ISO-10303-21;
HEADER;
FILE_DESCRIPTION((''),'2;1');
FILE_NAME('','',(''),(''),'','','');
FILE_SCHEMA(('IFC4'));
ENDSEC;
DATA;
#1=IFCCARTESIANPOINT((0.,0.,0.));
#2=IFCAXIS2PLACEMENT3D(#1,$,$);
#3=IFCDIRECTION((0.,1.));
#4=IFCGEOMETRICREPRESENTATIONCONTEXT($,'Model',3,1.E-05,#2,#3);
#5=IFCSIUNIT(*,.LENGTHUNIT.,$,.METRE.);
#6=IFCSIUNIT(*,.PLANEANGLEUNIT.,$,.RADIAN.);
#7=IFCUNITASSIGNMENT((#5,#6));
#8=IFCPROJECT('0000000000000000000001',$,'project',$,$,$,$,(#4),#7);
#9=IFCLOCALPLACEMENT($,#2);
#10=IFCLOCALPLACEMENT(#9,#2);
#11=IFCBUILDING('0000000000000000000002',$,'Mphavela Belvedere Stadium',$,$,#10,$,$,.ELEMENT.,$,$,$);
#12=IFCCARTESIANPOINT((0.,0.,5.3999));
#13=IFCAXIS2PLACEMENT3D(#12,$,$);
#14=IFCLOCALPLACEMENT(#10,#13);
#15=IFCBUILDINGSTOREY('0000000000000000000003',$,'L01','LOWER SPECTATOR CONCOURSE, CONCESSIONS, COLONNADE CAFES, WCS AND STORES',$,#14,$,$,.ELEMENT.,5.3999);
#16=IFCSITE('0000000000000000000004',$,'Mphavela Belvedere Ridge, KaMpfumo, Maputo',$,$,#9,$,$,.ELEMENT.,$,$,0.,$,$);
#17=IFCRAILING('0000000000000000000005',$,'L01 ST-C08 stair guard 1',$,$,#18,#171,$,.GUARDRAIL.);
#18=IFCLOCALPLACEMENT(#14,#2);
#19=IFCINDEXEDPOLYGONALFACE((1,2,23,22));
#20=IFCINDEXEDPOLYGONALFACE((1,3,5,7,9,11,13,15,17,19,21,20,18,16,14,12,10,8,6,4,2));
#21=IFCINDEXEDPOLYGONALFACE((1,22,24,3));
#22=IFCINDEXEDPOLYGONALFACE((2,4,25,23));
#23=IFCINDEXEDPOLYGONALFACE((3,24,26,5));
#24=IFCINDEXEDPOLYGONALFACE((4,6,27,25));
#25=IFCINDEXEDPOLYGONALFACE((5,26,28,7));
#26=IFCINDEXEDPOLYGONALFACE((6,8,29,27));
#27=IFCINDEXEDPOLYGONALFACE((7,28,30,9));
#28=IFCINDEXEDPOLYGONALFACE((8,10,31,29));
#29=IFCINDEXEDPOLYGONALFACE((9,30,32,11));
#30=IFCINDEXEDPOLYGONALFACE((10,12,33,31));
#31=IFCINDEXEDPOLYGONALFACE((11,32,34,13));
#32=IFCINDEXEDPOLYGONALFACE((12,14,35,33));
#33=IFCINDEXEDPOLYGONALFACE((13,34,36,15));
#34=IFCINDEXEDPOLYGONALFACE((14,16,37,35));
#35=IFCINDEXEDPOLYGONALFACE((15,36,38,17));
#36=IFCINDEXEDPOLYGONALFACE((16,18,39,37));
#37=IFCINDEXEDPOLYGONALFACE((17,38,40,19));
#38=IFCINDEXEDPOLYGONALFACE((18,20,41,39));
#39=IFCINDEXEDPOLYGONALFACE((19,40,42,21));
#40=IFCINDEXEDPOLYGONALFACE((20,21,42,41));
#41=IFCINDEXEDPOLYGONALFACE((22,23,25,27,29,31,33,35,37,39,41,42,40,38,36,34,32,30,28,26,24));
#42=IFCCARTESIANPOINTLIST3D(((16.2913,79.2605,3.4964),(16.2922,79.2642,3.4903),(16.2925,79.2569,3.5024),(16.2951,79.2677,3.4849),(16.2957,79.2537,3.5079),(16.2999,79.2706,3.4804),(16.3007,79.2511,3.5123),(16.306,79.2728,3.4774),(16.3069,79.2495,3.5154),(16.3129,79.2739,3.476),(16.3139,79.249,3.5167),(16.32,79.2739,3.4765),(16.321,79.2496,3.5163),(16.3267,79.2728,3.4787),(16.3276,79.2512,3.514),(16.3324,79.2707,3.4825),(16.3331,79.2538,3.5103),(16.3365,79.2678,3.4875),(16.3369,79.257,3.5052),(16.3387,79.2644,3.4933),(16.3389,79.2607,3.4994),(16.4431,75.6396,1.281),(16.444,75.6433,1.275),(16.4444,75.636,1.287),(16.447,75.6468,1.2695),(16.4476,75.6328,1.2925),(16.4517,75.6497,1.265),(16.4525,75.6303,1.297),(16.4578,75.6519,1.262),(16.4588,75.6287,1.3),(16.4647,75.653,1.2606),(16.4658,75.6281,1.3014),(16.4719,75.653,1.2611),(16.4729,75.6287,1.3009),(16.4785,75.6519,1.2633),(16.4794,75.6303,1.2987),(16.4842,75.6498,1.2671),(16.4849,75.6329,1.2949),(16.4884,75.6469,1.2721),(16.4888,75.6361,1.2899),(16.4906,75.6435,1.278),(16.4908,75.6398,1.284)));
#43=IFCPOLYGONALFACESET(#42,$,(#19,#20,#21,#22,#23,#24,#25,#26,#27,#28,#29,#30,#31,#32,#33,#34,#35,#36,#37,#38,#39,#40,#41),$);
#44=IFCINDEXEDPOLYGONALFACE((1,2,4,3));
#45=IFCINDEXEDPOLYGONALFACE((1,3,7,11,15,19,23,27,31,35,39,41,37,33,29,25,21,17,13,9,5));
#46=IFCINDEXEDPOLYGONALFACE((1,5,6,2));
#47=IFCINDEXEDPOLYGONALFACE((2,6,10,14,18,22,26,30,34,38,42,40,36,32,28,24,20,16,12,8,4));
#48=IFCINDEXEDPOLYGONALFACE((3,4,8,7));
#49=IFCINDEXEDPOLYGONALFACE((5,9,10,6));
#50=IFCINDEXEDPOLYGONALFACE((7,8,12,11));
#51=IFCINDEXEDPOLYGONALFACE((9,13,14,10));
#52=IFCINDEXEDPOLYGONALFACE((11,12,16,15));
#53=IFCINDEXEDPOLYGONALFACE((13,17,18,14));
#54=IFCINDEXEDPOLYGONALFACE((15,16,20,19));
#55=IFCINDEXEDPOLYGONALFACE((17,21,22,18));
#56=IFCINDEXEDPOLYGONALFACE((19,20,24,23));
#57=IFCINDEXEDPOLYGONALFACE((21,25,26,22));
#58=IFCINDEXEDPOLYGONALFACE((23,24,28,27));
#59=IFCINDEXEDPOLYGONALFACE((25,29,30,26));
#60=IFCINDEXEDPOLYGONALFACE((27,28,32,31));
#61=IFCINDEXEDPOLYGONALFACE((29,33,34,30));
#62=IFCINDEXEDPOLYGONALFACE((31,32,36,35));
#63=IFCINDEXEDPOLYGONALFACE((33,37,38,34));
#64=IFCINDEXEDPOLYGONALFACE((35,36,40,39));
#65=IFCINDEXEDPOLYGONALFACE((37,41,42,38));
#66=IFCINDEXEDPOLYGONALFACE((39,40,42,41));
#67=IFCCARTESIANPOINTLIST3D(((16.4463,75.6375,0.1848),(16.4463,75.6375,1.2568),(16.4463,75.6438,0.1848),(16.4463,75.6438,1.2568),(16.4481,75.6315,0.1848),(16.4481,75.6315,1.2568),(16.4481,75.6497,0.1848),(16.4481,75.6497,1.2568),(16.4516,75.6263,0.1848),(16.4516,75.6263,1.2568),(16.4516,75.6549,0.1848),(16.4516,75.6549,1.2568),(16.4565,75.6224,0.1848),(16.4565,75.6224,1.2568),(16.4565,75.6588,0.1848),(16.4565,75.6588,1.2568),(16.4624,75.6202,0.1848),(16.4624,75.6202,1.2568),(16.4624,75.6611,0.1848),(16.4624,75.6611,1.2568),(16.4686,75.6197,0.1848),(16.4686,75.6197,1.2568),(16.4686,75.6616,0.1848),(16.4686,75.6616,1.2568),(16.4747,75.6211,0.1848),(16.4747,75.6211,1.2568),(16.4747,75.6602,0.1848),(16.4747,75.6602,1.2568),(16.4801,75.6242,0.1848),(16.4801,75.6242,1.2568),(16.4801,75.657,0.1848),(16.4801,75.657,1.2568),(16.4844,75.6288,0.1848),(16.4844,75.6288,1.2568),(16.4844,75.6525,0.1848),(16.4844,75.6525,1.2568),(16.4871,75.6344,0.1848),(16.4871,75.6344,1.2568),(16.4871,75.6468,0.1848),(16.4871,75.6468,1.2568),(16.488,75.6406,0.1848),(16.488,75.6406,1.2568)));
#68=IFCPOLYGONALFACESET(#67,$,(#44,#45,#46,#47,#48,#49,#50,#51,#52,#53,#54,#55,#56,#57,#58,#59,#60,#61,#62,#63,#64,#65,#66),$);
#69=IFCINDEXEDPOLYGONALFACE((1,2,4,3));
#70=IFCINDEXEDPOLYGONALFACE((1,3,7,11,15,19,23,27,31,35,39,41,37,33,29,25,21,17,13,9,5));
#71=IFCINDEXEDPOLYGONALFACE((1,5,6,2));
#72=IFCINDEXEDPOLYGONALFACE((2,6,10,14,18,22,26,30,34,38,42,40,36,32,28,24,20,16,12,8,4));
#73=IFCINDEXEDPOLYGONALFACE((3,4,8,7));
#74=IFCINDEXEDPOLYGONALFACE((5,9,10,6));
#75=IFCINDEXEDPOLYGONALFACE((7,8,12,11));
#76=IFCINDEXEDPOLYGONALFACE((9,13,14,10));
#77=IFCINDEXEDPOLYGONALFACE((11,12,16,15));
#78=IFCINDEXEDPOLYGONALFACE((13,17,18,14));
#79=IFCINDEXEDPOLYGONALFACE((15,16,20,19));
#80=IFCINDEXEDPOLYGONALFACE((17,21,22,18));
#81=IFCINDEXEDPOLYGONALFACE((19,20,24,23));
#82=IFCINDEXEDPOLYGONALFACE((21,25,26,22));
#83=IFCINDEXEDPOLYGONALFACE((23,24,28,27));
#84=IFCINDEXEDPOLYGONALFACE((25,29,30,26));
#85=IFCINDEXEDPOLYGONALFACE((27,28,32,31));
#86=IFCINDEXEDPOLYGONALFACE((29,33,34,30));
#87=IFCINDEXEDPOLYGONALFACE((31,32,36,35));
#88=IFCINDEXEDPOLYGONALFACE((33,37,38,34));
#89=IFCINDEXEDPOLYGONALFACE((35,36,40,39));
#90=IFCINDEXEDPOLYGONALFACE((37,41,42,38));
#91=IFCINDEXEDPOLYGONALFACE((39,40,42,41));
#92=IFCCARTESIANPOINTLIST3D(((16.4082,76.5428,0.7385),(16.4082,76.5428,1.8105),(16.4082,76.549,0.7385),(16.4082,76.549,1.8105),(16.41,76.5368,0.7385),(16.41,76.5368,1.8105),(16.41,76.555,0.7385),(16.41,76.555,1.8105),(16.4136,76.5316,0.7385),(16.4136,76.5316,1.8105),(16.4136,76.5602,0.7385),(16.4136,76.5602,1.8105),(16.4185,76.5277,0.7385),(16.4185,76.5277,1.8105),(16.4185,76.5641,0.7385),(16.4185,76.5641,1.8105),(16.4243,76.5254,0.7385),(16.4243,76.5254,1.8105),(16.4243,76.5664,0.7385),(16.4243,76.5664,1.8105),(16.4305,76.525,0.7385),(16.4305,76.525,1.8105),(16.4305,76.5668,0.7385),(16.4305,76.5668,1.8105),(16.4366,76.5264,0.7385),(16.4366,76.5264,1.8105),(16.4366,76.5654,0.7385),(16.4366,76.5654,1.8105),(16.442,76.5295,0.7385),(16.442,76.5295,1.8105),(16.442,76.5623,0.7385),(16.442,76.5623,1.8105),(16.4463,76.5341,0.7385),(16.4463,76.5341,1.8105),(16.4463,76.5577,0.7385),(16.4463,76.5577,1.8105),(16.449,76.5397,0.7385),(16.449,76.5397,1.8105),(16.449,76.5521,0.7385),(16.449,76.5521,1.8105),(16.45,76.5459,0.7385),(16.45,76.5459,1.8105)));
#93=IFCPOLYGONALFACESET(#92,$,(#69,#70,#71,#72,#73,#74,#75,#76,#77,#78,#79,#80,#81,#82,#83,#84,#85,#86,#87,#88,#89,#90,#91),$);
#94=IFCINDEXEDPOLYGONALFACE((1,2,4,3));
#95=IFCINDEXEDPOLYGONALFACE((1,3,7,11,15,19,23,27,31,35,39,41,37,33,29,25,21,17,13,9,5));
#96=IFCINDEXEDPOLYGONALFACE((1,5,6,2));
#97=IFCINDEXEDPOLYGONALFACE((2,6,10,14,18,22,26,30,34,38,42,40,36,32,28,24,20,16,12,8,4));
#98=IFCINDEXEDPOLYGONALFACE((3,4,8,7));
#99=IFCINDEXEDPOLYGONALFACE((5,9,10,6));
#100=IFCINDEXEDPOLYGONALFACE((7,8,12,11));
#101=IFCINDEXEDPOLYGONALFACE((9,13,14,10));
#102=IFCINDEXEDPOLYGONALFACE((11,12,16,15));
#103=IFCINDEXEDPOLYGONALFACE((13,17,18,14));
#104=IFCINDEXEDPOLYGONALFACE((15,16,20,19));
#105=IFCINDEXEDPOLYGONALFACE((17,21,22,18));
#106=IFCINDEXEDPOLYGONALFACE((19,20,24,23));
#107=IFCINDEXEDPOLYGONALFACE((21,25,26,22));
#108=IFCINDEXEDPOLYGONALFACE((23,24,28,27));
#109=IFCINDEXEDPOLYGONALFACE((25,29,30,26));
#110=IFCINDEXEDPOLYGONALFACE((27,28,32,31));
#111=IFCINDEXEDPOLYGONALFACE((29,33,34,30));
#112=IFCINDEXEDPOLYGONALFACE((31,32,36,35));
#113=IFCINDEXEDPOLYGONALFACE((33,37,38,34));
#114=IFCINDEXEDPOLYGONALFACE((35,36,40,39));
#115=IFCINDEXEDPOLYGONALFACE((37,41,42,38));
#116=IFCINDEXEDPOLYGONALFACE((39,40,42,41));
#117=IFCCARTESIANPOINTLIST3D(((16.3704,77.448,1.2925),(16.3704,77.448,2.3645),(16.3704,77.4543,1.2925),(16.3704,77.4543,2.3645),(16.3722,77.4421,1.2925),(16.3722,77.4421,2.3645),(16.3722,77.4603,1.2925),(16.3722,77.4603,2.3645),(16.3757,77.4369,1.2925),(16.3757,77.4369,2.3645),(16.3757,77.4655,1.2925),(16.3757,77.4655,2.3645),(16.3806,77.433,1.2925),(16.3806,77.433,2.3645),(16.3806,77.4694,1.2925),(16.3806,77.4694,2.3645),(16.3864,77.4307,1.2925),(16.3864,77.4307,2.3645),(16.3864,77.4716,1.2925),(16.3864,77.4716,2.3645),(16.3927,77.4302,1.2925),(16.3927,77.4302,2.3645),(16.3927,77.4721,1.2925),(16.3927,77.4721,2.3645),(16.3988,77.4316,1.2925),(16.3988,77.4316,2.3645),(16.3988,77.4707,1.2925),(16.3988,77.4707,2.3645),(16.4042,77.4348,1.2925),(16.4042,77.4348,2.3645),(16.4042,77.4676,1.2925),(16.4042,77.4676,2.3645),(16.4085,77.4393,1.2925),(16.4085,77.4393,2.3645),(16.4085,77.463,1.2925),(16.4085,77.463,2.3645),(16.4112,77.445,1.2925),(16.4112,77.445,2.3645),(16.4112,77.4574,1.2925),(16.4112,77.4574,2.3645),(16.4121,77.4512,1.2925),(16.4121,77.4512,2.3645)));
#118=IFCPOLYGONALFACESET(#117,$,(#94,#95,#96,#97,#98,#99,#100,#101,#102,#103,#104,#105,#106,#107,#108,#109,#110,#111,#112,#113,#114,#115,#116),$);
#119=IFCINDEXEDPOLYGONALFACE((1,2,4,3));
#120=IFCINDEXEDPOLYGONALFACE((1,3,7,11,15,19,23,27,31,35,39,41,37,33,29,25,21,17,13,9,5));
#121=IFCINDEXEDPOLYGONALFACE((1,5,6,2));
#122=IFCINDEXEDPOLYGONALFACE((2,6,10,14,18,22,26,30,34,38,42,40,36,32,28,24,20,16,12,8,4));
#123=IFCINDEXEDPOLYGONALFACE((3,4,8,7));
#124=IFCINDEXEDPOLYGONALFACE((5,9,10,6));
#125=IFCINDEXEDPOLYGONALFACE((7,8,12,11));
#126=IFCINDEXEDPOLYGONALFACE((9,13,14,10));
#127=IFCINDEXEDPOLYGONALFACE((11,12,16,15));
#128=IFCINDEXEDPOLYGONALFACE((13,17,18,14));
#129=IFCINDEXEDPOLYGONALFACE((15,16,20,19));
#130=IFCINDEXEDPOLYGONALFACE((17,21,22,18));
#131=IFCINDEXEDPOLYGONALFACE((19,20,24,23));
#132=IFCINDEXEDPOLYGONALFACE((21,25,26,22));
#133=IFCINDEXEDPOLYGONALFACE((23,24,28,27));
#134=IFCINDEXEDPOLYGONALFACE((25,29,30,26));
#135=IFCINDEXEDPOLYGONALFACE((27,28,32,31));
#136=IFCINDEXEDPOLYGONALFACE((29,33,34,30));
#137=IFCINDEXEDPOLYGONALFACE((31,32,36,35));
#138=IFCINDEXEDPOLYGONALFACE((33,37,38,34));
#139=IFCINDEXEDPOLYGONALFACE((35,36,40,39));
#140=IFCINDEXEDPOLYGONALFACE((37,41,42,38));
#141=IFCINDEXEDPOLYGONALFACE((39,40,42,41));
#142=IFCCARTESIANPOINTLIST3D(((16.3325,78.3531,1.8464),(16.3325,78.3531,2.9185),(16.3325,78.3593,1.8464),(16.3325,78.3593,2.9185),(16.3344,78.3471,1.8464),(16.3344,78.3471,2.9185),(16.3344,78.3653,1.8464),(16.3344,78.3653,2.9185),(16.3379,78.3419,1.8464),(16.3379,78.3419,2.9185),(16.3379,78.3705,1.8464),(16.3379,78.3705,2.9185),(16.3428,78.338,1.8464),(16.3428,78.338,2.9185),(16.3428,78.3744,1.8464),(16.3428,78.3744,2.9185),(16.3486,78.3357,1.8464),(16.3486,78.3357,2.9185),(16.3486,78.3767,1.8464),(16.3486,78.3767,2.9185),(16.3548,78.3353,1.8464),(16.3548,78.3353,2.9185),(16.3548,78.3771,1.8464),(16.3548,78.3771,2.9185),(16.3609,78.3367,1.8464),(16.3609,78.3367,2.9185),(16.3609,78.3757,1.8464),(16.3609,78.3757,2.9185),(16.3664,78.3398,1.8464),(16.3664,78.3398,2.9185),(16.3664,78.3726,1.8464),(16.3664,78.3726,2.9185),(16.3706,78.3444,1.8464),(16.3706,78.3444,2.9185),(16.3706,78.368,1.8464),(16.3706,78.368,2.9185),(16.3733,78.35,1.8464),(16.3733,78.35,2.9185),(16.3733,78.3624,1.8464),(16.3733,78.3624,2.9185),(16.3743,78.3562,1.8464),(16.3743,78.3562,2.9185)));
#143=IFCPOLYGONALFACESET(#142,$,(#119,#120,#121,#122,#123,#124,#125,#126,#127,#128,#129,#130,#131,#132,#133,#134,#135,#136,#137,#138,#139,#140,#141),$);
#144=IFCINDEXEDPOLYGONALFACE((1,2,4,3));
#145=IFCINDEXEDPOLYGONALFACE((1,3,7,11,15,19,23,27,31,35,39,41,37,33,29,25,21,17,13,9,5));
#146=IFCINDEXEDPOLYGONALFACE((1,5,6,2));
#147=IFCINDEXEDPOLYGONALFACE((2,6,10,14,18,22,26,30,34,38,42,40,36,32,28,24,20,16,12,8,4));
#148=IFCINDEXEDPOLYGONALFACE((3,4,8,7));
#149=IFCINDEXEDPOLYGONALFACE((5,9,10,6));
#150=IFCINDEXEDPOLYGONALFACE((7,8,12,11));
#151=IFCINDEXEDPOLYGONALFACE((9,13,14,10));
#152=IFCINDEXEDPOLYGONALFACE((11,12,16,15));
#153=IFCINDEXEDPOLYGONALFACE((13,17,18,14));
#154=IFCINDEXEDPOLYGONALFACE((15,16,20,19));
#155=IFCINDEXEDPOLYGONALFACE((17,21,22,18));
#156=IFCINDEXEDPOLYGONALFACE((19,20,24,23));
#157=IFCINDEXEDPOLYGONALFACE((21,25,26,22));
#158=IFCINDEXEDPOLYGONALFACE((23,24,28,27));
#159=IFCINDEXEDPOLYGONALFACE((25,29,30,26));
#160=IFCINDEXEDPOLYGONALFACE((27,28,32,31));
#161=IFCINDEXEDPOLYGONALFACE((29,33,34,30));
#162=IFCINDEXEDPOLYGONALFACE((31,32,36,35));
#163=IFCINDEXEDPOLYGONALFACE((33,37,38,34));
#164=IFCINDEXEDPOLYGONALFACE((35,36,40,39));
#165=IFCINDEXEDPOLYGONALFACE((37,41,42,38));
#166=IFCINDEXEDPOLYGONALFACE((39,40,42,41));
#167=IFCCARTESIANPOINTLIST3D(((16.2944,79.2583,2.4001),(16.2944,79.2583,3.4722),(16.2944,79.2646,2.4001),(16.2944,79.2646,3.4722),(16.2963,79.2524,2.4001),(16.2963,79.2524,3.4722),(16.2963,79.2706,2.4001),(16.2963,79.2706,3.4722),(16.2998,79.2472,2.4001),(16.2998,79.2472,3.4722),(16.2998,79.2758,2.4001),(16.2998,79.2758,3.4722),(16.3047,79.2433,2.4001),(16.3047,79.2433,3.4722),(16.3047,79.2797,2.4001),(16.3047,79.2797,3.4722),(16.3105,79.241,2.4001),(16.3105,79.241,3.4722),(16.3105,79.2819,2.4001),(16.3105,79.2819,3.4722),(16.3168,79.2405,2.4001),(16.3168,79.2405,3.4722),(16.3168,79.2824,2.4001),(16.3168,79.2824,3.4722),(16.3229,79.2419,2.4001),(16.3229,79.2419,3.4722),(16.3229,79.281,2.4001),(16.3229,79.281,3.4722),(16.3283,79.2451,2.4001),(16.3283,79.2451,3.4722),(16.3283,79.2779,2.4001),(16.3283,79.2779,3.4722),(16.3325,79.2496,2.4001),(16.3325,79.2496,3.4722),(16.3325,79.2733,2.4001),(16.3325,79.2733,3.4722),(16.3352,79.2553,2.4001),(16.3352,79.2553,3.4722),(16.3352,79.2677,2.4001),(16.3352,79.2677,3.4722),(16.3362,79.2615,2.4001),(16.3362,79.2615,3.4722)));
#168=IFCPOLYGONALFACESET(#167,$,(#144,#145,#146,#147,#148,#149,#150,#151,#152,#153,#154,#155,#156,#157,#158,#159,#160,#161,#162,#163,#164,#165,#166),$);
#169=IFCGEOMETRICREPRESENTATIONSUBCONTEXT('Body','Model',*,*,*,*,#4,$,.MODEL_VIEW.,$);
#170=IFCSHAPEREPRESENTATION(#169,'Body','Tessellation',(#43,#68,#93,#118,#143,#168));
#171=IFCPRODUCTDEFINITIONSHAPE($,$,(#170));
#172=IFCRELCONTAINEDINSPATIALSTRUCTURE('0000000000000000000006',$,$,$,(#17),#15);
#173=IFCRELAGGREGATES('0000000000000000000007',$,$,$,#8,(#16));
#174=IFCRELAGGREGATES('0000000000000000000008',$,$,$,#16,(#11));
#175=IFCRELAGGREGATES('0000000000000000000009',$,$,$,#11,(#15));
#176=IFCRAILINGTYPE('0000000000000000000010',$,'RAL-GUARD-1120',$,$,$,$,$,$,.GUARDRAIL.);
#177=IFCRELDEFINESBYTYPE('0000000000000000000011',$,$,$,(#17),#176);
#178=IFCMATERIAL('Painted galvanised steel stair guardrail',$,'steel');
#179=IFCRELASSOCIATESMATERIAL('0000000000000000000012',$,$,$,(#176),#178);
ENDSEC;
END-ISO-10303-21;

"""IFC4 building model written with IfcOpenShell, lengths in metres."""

from ifc_helpers import new_model, si_unit, direction, frame, origin, origin_2d, place, context, subcontext, project, spatial, circle, extrude, material, type_object, element, save


model = new_model("IFC4")

# Units and contexts
model_context = context("Model", 3, precision=1e-05, world=origin(), true_north=direction((0.0, 1.0)))
body_context = subcontext(model_context, "Body", "Model", "MODEL_VIEW")
ifc_project = project(units=[si_unit("LENGTHUNIT", "METRE"), si_unit("PLANEANGLEUNIT", "RADIAN")], contexts=[model_context])

# Site, building, storey
site_placement = place(None, origin())
site = spatial("IfcSite", under=ifc_project, at=site_placement, Name="Mphavela Belvedere Ridge, KaMpfumo, Maputo", CompositionType="ELEMENT", RefElevation=0.0)
building_placement = place(site_placement, origin())
building = spatial("IfcBuilding", under=site, at=building_placement, Name="Mphavela Belvedere Stadium", CompositionType="ELEMENT")
storey_placement = place(building_placement, frame((0.0, 0.0, 5.3999)))
storey = spatial("IfcBuildingStorey", under=building, at=storey_placement, Name="L01", Description="LOWER SPECTATOR CONCOURSE, CONCESSIONS, COLONNADE CAFES, WCS AND STORES", CompositionType="ELEMENT", Elevation=5.3999)

# Railing
ifc_material_1 = material(Name="Painted galvanised steel stair guardrail", Category="steel")
railing_type_1 = type_object("IfcRailingType", Name="RAL-GUARD-1120", PredefinedType="GUARDRAIL", material=ifc_material_1)
railing_1_placement = place(storey_placement, frame((16.467, 75.6406, 0.1848)))
element("IfcRailing", 1, at=railing_1_placement, inside=storey, type_object=railing_type_1, Name="L01 ST-C08 stair guard 1", PredefinedType="GUARDRAIL", context=body_context, shape_type="SweptSolid", body=[
    extrude(circle(Radius=0.0239, at=origin_2d()), frame((0.0, 0.0, 1.0962), z_axis=(-0.035752, 0.852465, 0.521561), x_axis=(-0.999122, -0.041902, 0.0)), (0.0, 0.0, 1.0), 4.2476),
    extrude(circle(Radius=0.021, at=origin_2d()), origin(), (0.0, 0.0, 1.0), 1.072),
    extrude(circle(Radius=0.021, at=origin_2d()), frame((-0.0381, 0.9053, 0.5537)), (0.0, 0.0, 1.0), 1.072),
    extrude(circle(Radius=0.021, at=origin_2d()), frame((-0.0759, 1.8105, 1.1077)), (0.0, 0.0, 1.0), 1.072),
    extrude(circle(Radius=0.021, at=origin_2d()), frame((-0.1138, 2.7156, 1.6616)), (0.0, 0.0, 1.0), 1.072),
    extrude(circle(Radius=0.021, at=origin_2d()), frame((-0.1519, 3.6208, 2.2153)), (0.0, 0.0, 1.0), 1.072),
])

save(model, "model.ifc")
